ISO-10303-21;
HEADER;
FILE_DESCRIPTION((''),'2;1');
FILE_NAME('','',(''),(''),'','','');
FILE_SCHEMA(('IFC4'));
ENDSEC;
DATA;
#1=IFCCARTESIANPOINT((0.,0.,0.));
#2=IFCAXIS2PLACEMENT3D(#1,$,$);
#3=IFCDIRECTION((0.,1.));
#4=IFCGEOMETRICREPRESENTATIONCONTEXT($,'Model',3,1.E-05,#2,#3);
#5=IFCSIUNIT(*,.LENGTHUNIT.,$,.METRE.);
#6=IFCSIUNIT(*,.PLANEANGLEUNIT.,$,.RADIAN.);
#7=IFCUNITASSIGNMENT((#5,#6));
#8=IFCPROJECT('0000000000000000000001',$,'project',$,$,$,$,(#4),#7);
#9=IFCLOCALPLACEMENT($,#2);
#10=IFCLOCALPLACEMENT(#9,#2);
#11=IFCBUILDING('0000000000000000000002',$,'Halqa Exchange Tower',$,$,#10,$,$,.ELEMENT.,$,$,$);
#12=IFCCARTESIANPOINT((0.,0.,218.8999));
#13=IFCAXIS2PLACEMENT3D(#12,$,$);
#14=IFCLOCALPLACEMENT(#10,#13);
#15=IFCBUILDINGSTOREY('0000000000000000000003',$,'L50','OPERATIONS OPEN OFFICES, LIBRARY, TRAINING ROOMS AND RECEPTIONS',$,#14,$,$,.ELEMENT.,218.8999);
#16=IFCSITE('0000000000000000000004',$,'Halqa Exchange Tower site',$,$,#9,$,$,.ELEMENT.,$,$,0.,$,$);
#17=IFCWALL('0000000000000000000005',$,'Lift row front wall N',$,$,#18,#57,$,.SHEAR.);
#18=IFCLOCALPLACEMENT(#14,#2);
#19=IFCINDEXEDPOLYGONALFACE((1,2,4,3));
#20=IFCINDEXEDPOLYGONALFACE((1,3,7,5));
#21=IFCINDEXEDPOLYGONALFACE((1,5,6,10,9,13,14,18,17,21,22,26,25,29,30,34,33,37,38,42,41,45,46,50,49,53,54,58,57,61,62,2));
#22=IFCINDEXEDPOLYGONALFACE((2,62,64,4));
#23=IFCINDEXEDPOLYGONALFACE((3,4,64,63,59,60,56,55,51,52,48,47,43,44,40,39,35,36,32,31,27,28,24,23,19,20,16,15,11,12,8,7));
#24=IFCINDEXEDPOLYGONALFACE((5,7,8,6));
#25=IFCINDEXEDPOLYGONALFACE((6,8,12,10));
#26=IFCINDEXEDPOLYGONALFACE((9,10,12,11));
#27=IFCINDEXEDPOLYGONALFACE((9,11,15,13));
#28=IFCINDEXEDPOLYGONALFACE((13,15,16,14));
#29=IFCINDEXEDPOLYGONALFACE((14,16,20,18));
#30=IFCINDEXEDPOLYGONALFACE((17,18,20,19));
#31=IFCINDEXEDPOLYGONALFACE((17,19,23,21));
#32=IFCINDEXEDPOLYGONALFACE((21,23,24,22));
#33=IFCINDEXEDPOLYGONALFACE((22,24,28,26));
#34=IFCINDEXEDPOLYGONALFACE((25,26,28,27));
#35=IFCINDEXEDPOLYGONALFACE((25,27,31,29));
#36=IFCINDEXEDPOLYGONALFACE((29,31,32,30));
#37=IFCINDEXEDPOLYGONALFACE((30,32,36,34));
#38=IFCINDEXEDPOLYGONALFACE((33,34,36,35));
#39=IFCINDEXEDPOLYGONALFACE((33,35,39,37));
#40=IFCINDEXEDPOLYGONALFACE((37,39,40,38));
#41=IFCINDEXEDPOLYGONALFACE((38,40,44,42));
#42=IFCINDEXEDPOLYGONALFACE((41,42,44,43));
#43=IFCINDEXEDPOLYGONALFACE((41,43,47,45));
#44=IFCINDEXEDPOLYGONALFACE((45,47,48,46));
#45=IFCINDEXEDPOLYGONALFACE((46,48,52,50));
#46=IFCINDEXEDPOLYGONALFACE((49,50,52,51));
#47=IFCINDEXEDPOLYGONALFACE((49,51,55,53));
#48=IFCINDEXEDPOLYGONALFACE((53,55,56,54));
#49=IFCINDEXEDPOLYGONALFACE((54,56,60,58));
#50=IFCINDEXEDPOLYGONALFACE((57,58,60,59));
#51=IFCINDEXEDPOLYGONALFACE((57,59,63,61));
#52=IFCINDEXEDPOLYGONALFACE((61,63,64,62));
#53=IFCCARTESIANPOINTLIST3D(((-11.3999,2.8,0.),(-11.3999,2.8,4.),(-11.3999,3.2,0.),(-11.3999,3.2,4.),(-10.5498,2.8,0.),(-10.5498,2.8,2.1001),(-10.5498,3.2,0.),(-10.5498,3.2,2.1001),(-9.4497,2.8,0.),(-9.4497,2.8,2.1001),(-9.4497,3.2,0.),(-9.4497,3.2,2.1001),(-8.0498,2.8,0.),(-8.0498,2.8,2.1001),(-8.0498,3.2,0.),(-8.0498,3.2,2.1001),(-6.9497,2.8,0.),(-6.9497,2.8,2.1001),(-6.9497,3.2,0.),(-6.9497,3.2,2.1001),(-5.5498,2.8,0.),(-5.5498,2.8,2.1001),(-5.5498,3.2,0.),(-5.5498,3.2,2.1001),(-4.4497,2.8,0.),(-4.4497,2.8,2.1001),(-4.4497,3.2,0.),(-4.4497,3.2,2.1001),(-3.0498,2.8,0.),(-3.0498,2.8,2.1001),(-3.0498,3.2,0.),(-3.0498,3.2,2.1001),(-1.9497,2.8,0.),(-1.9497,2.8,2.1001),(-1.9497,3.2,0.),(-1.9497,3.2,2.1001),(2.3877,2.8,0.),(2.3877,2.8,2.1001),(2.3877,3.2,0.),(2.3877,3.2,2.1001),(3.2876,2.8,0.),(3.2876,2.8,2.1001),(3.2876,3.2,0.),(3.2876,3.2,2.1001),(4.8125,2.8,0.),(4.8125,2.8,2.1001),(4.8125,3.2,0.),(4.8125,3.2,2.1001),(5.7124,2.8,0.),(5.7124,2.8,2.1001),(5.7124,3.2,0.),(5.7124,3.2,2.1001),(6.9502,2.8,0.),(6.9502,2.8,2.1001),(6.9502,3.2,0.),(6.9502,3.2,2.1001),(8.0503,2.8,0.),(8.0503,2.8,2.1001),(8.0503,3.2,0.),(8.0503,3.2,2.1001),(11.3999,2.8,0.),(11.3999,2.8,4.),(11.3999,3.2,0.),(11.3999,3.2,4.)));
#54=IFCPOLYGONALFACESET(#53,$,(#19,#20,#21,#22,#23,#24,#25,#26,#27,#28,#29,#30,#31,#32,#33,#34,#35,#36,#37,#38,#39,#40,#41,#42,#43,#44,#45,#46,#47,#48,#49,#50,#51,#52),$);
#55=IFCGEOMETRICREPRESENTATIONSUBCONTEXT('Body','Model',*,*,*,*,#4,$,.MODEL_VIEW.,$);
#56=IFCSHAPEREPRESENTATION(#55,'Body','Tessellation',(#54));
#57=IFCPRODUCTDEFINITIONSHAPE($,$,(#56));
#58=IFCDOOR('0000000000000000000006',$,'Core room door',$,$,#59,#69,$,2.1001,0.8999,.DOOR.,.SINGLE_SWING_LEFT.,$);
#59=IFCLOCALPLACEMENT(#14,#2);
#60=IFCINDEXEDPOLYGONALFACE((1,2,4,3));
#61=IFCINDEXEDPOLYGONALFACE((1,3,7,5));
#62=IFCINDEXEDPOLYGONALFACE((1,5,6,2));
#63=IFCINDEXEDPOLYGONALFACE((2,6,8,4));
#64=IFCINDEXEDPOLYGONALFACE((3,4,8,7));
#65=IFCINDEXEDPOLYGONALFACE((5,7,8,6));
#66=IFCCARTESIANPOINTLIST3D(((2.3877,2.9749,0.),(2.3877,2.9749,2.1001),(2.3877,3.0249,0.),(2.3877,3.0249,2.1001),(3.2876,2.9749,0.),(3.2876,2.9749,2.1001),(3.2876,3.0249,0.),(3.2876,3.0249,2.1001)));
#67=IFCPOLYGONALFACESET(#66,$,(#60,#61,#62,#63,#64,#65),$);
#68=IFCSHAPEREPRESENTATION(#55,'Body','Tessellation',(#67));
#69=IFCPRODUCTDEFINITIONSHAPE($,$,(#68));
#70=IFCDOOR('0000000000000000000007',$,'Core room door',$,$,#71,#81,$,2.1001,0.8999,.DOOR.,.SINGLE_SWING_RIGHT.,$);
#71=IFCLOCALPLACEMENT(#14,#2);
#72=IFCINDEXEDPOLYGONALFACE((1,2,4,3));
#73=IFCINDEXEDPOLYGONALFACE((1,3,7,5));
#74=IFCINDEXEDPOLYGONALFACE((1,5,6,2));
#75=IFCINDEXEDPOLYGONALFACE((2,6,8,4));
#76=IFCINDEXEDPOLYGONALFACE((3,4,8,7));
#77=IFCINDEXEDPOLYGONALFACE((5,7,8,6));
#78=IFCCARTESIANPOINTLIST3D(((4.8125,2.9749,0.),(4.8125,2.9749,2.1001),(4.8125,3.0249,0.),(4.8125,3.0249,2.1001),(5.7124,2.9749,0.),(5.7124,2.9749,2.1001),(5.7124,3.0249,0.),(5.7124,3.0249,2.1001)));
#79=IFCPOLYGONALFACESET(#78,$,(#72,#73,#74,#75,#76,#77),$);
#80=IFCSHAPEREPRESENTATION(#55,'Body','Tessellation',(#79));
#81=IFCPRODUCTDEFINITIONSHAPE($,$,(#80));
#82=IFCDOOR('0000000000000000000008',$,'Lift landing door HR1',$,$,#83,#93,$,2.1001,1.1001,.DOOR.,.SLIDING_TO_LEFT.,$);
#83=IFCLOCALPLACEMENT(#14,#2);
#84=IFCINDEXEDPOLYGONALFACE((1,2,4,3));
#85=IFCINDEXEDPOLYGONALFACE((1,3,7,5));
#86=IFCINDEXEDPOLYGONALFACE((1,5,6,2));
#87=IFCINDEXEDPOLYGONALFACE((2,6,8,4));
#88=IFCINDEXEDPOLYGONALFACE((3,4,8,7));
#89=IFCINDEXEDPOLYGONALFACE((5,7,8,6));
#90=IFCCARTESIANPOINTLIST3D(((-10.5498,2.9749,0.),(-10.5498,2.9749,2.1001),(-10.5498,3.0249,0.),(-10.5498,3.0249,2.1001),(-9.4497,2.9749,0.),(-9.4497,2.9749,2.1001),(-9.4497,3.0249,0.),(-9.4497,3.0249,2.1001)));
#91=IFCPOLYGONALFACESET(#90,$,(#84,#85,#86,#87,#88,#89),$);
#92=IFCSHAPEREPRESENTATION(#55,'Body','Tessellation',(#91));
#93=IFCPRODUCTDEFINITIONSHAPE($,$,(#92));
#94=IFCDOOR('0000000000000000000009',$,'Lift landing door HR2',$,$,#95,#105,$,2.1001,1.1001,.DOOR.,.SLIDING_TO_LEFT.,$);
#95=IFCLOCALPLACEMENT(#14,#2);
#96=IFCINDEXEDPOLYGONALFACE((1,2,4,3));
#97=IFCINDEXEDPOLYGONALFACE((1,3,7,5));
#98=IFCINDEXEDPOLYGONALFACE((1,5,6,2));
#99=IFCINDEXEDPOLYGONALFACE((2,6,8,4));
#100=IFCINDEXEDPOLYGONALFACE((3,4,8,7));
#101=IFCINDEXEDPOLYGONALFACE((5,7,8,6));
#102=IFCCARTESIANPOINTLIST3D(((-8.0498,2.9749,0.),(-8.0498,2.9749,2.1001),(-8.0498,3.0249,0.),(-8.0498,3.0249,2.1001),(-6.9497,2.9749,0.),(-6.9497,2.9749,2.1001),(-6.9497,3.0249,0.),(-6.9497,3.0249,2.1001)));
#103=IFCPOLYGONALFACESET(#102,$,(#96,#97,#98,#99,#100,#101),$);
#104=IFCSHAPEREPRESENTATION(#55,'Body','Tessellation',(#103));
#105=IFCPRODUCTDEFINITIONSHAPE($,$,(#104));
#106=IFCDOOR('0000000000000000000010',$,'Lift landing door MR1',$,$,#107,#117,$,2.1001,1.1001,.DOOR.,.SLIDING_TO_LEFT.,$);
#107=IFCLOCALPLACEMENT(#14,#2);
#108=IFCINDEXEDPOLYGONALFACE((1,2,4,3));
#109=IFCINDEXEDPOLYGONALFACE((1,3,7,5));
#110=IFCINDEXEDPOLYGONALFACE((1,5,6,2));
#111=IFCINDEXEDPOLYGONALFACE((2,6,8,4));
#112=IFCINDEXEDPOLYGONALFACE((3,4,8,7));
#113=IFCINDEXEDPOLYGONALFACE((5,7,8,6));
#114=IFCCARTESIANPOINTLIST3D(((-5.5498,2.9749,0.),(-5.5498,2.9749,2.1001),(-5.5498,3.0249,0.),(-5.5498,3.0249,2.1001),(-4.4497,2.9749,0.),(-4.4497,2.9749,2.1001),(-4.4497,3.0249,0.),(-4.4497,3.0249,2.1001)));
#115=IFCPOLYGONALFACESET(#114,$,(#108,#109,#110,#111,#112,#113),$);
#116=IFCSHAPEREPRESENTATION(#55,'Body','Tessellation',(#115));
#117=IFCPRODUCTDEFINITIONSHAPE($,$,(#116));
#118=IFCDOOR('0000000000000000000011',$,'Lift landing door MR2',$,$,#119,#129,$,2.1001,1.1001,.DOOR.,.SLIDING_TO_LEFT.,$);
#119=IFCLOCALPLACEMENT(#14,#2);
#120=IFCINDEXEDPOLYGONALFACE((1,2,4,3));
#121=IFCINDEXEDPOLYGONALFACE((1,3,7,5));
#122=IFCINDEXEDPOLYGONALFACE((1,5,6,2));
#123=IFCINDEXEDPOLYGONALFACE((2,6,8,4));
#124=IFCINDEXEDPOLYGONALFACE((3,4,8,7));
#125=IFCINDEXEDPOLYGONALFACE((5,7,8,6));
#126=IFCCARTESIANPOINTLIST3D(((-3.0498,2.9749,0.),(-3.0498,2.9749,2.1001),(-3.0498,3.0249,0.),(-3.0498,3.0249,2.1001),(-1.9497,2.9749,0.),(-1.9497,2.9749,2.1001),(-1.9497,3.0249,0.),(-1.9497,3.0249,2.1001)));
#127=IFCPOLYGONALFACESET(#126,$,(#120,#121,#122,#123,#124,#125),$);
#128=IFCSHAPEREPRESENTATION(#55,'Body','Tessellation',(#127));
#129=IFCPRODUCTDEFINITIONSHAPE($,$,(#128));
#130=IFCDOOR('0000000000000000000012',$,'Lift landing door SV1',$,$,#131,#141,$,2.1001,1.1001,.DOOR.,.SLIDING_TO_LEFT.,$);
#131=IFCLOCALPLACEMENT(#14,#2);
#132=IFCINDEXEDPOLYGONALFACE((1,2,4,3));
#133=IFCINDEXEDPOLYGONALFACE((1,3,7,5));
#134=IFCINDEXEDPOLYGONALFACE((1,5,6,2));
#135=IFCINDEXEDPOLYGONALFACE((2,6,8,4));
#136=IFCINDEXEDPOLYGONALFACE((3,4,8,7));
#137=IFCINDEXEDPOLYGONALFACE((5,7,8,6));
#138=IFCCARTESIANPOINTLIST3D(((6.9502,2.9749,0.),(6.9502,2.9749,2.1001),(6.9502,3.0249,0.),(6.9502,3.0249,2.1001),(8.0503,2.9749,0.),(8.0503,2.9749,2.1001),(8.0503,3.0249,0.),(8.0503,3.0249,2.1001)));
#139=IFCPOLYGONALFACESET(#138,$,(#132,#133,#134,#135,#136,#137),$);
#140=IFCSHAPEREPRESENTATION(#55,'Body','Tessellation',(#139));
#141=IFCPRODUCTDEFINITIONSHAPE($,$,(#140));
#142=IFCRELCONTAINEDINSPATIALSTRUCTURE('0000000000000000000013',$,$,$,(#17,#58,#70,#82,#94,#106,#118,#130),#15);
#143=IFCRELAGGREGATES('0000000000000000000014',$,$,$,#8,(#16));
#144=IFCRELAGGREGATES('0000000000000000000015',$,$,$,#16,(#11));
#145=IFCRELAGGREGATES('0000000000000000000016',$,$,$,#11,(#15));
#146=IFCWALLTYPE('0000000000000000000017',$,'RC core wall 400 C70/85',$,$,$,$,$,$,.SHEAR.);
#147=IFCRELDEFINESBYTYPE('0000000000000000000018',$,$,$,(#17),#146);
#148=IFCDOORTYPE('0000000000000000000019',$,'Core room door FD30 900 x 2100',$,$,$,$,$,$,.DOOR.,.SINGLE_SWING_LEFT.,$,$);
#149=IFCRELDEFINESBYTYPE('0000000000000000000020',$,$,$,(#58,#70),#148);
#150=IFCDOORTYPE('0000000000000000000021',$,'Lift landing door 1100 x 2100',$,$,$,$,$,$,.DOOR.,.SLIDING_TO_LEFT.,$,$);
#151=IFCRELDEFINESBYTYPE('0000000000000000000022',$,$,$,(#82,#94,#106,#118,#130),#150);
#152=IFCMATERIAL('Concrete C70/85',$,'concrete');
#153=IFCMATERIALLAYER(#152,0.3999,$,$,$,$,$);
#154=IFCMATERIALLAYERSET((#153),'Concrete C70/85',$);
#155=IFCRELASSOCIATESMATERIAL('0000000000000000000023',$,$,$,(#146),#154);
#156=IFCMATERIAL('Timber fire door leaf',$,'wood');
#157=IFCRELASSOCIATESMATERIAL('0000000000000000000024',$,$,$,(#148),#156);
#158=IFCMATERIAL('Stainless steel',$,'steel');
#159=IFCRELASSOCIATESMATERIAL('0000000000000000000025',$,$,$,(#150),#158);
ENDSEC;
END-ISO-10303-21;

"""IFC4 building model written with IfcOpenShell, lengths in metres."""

from ifc_helpers import new_model, si_unit, direction, frame, frame_2d, origin, place, context, subcontext, project, spatial, rectangle, extrude, material, layer, layer_set, type_object, element, fill, save


model = new_model("IFC4")

# Units and contexts
model_context = context("Model", 3, precision=1e-05, world=origin(), true_north=direction((0.0, 1.0)))
body_context = subcontext(model_context, "Body", "Model", "MODEL_VIEW")
ifc_project = project(units=[si_unit("LENGTHUNIT", "METRE"), si_unit("PLANEANGLEUNIT", "RADIAN")], contexts=[model_context])

# Site, building, storey
site_placement = place(None, origin())
site = spatial("IfcSite", under=ifc_project, at=site_placement, Name="Halqa Exchange Tower site", CompositionType="ELEMENT", RefElevation=0.0)
building_placement = place(site_placement, origin())
building = spatial("IfcBuilding", under=site, at=building_placement, Name="Halqa Exchange Tower", CompositionType="ELEMENT")
storey_placement = place(building_placement, frame((0.0, 0.0, 218.8999)))
storey = spatial("IfcBuildingStorey", under=building, at=storey_placement, Name="L50", Description="OPERATIONS OPEN OFFICES, LIBRARY, TRAINING ROOMS AND RECEPTIONS", CompositionType="ELEMENT", Elevation=218.8999)

# Wall, openings, doors
ifc_material_1 = material(Name="Concrete C70/85", Category="concrete")
ifc_layer_1 = layer(ifc_material_1, 0.3999)
ifc_layer_set_1 = layer_set([ifc_layer_1], Name="Concrete C70/85")
wall_type_1 = type_object("IfcWallType", Name="RC core wall 400 C70/85", PredefinedType="SHEAR", material=ifc_layer_set_1)
wall_1_placement = place(storey_placement, frame((-11.3999, 3.0, 0.0), z_axis=(0.0, 0.0, 1.0), x_axis=(1.0, 0.0, 0.0)))
wall_1 = element("IfcWall", 1, at=wall_1_placement, inside=storey, type_object=wall_type_1, Name="Lift row front wall N", PredefinedType="SHEAR", context=body_context, shape_type="SweptSolid", body=[
    extrude(rectangle(XDim=22.7998, YDim=0.3999, at=frame_2d((11.3999, 0.0))), origin(), (0.0, 0.0, 1.0), 4.0),
])
opening_1_placement = place(wall_1_placement, frame((0.8501, 0.0, 0.0)))
opening_1 = element("IfcOpeningElement", 2, at=opening_1_placement, cuts=wall_1, PredefinedType="OPENING", context=body_context, shape_type="SweptSolid", body=[
    extrude(rectangle(XDim=1.1001, YDim=2.1001, at=frame_2d((0.55, 1.05))), frame((0.0, 0.2119, 0.0), z_axis=(0.0, -1.0, 0.0), x_axis=(1.0, 0.0, 0.0)), (0.0, 0.0, 1.0), 0.4238),
])
opening_2_placement = place(wall_1_placement, frame((3.3501, 0.0, 0.0)))
opening_2 = element("IfcOpeningElement", 3, at=opening_2_placement, cuts=wall_1, PredefinedType="OPENING", context=body_context, shape_type="SweptSolid", body=[
    extrude(rectangle(XDim=1.1001, YDim=2.1001, at=frame_2d((0.55, 1.05))), frame((0.0, 0.2119, 0.0), z_axis=(0.0, -1.0, 0.0), x_axis=(1.0, 0.0, 0.0)), (0.0, 0.0, 1.0), 0.4238),
])
opening_3_placement = place(wall_1_placement, frame((5.8501, 0.0, 0.0)))
opening_3 = element("IfcOpeningElement", 4, at=opening_3_placement, cuts=wall_1, PredefinedType="OPENING", context=body_context, shape_type="SweptSolid", body=[
    extrude(rectangle(XDim=1.1001, YDim=2.1001, at=frame_2d((0.55, 1.05))), frame((0.0, 0.2119, 0.0), z_axis=(0.0, -1.0, 0.0), x_axis=(1.0, 0.0, 0.0)), (0.0, 0.0, 1.0), 0.4238),
])
opening_4_placement = place(wall_1_placement, frame((8.3501, 0.0, 0.0)))
opening_4 = element("IfcOpeningElement", 5, at=opening_4_placement, cuts=wall_1, PredefinedType="OPENING", context=body_context, shape_type="SweptSolid", body=[
    extrude(rectangle(XDim=1.1001, YDim=2.1001, at=frame_2d((0.55, 1.05))), frame((0.0, 0.2119, 0.0), z_axis=(0.0, -1.0, 0.0), x_axis=(1.0, 0.0, 0.0)), (0.0, 0.0, 1.0), 0.4238),
])
opening_5_placement = place(wall_1_placement, frame((18.3501, 0.0, 0.0)))
opening_5 = element("IfcOpeningElement", 6, at=opening_5_placement, cuts=wall_1, PredefinedType="OPENING", context=body_context, shape_type="SweptSolid", body=[
    extrude(rectangle(XDim=1.1001, YDim=2.1001, at=frame_2d((0.55, 1.05))), frame((0.0, 0.2119, 0.0), z_axis=(0.0, -1.0, 0.0), x_axis=(1.0, 0.0, 0.0)), (0.0, 0.0, 1.0), 0.4238),
])
opening_6_placement = place(wall_1_placement, frame((13.7876, 0.0, 0.0)))
opening_6 = element("IfcOpeningElement", 7, at=opening_6_placement, cuts=wall_1, PredefinedType="OPENING", context=body_context, shape_type="SweptSolid", body=[
    extrude(rectangle(XDim=0.8999, YDim=2.1001, at=frame_2d((0.45, 1.05))), frame((0.0, 0.2119, 0.0), z_axis=(0.0, -1.0, 0.0), x_axis=(1.0, 0.0, 0.0)), (0.0, 0.0, 1.0), 0.4238),
])
opening_7_placement = place(wall_1_placement, frame((16.2124, 0.0, 0.0)))
opening_7 = element("IfcOpeningElement", 8, at=opening_7_placement, cuts=wall_1, PredefinedType="OPENING", context=body_context, shape_type="SweptSolid", body=[
    extrude(rectangle(XDim=0.8999, YDim=2.1001, at=frame_2d((0.45, 1.05))), frame((0.0, 0.2119, 0.0), z_axis=(0.0, -1.0, 0.0), x_axis=(1.0, 0.0, 0.0)), (0.0, 0.0, 1.0), 0.4238),
])
ifc_material_2 = material(Name="Timber fire door leaf", Category="wood")
door_type_1 = type_object("IfcDoorType", Name="Core room door FD30 900 x 2100", OperationType="SINGLE_SWING_LEFT", PredefinedType="DOOR", material=ifc_material_2)
door_1_placement = place(opening_6_placement, origin())
door_1 = element("IfcDoor", 9, at=door_1_placement, inside=storey, type_object=door_type_1, Name="Core room door", OperationType="SINGLE_SWING_LEFT", OverallHeight=2.1001, OverallWidth=0.8999, PredefinedType="DOOR", context=body_context, shape_type="SweptSolid", body=[
    extrude(rectangle(XDim=0.8999, YDim=2.1001, at=frame_2d((0.45, 1.05))), frame((0.0, 0.0249, 0.0), z_axis=(0.0, -1.0, 0.0), x_axis=(1.0, 0.0, 0.0)), (0.0, 0.0, 1.0), 0.05),
])
fill(opening_6, door_1)
door_2_placement = place(opening_7_placement, origin())
door_2 = element("IfcDoor", 10, at=door_2_placement, inside=storey, type_object=door_type_1, Name="Core room door", OperationType="SINGLE_SWING_RIGHT", OverallHeight=2.1001, OverallWidth=0.8999, PredefinedType="DOOR", context=body_context, shape_type="SweptSolid", body=[
    extrude(rectangle(XDim=0.8999, YDim=2.1001, at=frame_2d((0.45, 1.05))), frame((0.0, 0.0249, 0.0), z_axis=(0.0, -1.0, 0.0), x_axis=(1.0, 0.0, 0.0)), (0.0, 0.0, 1.0), 0.05),
])
fill(opening_7, door_2)
ifc_material_3 = material(Name="Stainless steel", Category="steel")
door_type_2 = type_object("IfcDoorType", Name="Lift landing door 1100 x 2100", OperationType="SLIDING_TO_LEFT", PredefinedType="DOOR", material=ifc_material_3)
door_3_placement = place(opening_1_placement, origin())
door_3 = element("IfcDoor", 11, at=door_3_placement, inside=storey, type_object=door_type_2, Name="Lift landing door HR1", OperationType="SLIDING_TO_LEFT", OverallHeight=2.1001, OverallWidth=1.1001, PredefinedType="DOOR", context=body_context, shape_type="SweptSolid", body=[
    extrude(rectangle(XDim=1.1001, YDim=2.1001, at=frame_2d((0.55, 1.05))), frame((0.0, 0.0249, 0.0), z_axis=(0.0, -1.0, 0.0), x_axis=(1.0, 0.0, 0.0)), (0.0, 0.0, 1.0), 0.05),
])
fill(opening_1, door_3)
door_4_placement = place(opening_2_placement, origin())
door_4 = element("IfcDoor", 12, at=door_4_placement, inside=storey, type_object=door_type_2, Name="Lift landing door HR2", OperationType="SLIDING_TO_LEFT", OverallHeight=2.1001, OverallWidth=1.1001, PredefinedType="DOOR", context=body_context, shape_type="SweptSolid", body=[
    extrude(rectangle(XDim=1.1001, YDim=2.1001, at=frame_2d((0.55, 1.05))), frame((0.0, 0.0249, 0.0), z_axis=(0.0, -1.0, 0.0), x_axis=(1.0, 0.0, 0.0)), (0.0, 0.0, 1.0), 0.05),
])
fill(opening_2, door_4)
door_5_placement = place(opening_3_placement, origin())
door_5 = element("IfcDoor", 13, at=door_5_placement, inside=storey, type_object=door_type_2, Name="Lift landing door MR1", OperationType="SLIDING_TO_LEFT", OverallHeight=2.1001, OverallWidth=1.1001, PredefinedType="DOOR", context=body_context, shape_type="SweptSolid", body=[
    extrude(rectangle(XDim=1.1001, YDim=2.1001, at=frame_2d((0.55, 1.05))), frame((0.0, 0.0249, 0.0), z_axis=(0.0, -1.0, 0.0), x_axis=(1.0, 0.0, 0.0)), (0.0, 0.0, 1.0), 0.05),
])
fill(opening_3, door_5)
door_6_placement = place(opening_4_placement, origin())
door_6 = element("IfcDoor", 14, at=door_6_placement, inside=storey, type_object=door_type_2, Name="Lift landing door MR2", OperationType="SLIDING_TO_LEFT", OverallHeight=2.1001, OverallWidth=1.1001, PredefinedType="DOOR", context=body_context, shape_type="SweptSolid", body=[
    extrude(rectangle(XDim=1.1001, YDim=2.1001, at=frame_2d((0.55, 1.05))), frame((0.0, 0.0249, 0.0), z_axis=(0.0, -1.0, 0.0), x_axis=(1.0, 0.0, 0.0)), (0.0, 0.0, 1.0), 0.05),
])
fill(opening_4, door_6)
door_7_placement = place(opening_5_placement, origin())
door_7 = element("IfcDoor", 15, at=door_7_placement, inside=storey, type_object=door_type_2, Name="Lift landing door SV1", OperationType="SLIDING_TO_LEFT", OverallHeight=2.1001, OverallWidth=1.1001, PredefinedType="DOOR", context=body_context, shape_type="SweptSolid", body=[
    extrude(rectangle(XDim=1.1001, YDim=2.1001, at=frame_2d((0.55, 1.05))), frame((0.0, 0.0249, 0.0), z_axis=(0.0, -1.0, 0.0), x_axis=(1.0, 0.0, 0.0)), (0.0, 0.0, 1.0), 0.05),
])
fill(opening_5, door_7)

save(model, "model.ifc")
